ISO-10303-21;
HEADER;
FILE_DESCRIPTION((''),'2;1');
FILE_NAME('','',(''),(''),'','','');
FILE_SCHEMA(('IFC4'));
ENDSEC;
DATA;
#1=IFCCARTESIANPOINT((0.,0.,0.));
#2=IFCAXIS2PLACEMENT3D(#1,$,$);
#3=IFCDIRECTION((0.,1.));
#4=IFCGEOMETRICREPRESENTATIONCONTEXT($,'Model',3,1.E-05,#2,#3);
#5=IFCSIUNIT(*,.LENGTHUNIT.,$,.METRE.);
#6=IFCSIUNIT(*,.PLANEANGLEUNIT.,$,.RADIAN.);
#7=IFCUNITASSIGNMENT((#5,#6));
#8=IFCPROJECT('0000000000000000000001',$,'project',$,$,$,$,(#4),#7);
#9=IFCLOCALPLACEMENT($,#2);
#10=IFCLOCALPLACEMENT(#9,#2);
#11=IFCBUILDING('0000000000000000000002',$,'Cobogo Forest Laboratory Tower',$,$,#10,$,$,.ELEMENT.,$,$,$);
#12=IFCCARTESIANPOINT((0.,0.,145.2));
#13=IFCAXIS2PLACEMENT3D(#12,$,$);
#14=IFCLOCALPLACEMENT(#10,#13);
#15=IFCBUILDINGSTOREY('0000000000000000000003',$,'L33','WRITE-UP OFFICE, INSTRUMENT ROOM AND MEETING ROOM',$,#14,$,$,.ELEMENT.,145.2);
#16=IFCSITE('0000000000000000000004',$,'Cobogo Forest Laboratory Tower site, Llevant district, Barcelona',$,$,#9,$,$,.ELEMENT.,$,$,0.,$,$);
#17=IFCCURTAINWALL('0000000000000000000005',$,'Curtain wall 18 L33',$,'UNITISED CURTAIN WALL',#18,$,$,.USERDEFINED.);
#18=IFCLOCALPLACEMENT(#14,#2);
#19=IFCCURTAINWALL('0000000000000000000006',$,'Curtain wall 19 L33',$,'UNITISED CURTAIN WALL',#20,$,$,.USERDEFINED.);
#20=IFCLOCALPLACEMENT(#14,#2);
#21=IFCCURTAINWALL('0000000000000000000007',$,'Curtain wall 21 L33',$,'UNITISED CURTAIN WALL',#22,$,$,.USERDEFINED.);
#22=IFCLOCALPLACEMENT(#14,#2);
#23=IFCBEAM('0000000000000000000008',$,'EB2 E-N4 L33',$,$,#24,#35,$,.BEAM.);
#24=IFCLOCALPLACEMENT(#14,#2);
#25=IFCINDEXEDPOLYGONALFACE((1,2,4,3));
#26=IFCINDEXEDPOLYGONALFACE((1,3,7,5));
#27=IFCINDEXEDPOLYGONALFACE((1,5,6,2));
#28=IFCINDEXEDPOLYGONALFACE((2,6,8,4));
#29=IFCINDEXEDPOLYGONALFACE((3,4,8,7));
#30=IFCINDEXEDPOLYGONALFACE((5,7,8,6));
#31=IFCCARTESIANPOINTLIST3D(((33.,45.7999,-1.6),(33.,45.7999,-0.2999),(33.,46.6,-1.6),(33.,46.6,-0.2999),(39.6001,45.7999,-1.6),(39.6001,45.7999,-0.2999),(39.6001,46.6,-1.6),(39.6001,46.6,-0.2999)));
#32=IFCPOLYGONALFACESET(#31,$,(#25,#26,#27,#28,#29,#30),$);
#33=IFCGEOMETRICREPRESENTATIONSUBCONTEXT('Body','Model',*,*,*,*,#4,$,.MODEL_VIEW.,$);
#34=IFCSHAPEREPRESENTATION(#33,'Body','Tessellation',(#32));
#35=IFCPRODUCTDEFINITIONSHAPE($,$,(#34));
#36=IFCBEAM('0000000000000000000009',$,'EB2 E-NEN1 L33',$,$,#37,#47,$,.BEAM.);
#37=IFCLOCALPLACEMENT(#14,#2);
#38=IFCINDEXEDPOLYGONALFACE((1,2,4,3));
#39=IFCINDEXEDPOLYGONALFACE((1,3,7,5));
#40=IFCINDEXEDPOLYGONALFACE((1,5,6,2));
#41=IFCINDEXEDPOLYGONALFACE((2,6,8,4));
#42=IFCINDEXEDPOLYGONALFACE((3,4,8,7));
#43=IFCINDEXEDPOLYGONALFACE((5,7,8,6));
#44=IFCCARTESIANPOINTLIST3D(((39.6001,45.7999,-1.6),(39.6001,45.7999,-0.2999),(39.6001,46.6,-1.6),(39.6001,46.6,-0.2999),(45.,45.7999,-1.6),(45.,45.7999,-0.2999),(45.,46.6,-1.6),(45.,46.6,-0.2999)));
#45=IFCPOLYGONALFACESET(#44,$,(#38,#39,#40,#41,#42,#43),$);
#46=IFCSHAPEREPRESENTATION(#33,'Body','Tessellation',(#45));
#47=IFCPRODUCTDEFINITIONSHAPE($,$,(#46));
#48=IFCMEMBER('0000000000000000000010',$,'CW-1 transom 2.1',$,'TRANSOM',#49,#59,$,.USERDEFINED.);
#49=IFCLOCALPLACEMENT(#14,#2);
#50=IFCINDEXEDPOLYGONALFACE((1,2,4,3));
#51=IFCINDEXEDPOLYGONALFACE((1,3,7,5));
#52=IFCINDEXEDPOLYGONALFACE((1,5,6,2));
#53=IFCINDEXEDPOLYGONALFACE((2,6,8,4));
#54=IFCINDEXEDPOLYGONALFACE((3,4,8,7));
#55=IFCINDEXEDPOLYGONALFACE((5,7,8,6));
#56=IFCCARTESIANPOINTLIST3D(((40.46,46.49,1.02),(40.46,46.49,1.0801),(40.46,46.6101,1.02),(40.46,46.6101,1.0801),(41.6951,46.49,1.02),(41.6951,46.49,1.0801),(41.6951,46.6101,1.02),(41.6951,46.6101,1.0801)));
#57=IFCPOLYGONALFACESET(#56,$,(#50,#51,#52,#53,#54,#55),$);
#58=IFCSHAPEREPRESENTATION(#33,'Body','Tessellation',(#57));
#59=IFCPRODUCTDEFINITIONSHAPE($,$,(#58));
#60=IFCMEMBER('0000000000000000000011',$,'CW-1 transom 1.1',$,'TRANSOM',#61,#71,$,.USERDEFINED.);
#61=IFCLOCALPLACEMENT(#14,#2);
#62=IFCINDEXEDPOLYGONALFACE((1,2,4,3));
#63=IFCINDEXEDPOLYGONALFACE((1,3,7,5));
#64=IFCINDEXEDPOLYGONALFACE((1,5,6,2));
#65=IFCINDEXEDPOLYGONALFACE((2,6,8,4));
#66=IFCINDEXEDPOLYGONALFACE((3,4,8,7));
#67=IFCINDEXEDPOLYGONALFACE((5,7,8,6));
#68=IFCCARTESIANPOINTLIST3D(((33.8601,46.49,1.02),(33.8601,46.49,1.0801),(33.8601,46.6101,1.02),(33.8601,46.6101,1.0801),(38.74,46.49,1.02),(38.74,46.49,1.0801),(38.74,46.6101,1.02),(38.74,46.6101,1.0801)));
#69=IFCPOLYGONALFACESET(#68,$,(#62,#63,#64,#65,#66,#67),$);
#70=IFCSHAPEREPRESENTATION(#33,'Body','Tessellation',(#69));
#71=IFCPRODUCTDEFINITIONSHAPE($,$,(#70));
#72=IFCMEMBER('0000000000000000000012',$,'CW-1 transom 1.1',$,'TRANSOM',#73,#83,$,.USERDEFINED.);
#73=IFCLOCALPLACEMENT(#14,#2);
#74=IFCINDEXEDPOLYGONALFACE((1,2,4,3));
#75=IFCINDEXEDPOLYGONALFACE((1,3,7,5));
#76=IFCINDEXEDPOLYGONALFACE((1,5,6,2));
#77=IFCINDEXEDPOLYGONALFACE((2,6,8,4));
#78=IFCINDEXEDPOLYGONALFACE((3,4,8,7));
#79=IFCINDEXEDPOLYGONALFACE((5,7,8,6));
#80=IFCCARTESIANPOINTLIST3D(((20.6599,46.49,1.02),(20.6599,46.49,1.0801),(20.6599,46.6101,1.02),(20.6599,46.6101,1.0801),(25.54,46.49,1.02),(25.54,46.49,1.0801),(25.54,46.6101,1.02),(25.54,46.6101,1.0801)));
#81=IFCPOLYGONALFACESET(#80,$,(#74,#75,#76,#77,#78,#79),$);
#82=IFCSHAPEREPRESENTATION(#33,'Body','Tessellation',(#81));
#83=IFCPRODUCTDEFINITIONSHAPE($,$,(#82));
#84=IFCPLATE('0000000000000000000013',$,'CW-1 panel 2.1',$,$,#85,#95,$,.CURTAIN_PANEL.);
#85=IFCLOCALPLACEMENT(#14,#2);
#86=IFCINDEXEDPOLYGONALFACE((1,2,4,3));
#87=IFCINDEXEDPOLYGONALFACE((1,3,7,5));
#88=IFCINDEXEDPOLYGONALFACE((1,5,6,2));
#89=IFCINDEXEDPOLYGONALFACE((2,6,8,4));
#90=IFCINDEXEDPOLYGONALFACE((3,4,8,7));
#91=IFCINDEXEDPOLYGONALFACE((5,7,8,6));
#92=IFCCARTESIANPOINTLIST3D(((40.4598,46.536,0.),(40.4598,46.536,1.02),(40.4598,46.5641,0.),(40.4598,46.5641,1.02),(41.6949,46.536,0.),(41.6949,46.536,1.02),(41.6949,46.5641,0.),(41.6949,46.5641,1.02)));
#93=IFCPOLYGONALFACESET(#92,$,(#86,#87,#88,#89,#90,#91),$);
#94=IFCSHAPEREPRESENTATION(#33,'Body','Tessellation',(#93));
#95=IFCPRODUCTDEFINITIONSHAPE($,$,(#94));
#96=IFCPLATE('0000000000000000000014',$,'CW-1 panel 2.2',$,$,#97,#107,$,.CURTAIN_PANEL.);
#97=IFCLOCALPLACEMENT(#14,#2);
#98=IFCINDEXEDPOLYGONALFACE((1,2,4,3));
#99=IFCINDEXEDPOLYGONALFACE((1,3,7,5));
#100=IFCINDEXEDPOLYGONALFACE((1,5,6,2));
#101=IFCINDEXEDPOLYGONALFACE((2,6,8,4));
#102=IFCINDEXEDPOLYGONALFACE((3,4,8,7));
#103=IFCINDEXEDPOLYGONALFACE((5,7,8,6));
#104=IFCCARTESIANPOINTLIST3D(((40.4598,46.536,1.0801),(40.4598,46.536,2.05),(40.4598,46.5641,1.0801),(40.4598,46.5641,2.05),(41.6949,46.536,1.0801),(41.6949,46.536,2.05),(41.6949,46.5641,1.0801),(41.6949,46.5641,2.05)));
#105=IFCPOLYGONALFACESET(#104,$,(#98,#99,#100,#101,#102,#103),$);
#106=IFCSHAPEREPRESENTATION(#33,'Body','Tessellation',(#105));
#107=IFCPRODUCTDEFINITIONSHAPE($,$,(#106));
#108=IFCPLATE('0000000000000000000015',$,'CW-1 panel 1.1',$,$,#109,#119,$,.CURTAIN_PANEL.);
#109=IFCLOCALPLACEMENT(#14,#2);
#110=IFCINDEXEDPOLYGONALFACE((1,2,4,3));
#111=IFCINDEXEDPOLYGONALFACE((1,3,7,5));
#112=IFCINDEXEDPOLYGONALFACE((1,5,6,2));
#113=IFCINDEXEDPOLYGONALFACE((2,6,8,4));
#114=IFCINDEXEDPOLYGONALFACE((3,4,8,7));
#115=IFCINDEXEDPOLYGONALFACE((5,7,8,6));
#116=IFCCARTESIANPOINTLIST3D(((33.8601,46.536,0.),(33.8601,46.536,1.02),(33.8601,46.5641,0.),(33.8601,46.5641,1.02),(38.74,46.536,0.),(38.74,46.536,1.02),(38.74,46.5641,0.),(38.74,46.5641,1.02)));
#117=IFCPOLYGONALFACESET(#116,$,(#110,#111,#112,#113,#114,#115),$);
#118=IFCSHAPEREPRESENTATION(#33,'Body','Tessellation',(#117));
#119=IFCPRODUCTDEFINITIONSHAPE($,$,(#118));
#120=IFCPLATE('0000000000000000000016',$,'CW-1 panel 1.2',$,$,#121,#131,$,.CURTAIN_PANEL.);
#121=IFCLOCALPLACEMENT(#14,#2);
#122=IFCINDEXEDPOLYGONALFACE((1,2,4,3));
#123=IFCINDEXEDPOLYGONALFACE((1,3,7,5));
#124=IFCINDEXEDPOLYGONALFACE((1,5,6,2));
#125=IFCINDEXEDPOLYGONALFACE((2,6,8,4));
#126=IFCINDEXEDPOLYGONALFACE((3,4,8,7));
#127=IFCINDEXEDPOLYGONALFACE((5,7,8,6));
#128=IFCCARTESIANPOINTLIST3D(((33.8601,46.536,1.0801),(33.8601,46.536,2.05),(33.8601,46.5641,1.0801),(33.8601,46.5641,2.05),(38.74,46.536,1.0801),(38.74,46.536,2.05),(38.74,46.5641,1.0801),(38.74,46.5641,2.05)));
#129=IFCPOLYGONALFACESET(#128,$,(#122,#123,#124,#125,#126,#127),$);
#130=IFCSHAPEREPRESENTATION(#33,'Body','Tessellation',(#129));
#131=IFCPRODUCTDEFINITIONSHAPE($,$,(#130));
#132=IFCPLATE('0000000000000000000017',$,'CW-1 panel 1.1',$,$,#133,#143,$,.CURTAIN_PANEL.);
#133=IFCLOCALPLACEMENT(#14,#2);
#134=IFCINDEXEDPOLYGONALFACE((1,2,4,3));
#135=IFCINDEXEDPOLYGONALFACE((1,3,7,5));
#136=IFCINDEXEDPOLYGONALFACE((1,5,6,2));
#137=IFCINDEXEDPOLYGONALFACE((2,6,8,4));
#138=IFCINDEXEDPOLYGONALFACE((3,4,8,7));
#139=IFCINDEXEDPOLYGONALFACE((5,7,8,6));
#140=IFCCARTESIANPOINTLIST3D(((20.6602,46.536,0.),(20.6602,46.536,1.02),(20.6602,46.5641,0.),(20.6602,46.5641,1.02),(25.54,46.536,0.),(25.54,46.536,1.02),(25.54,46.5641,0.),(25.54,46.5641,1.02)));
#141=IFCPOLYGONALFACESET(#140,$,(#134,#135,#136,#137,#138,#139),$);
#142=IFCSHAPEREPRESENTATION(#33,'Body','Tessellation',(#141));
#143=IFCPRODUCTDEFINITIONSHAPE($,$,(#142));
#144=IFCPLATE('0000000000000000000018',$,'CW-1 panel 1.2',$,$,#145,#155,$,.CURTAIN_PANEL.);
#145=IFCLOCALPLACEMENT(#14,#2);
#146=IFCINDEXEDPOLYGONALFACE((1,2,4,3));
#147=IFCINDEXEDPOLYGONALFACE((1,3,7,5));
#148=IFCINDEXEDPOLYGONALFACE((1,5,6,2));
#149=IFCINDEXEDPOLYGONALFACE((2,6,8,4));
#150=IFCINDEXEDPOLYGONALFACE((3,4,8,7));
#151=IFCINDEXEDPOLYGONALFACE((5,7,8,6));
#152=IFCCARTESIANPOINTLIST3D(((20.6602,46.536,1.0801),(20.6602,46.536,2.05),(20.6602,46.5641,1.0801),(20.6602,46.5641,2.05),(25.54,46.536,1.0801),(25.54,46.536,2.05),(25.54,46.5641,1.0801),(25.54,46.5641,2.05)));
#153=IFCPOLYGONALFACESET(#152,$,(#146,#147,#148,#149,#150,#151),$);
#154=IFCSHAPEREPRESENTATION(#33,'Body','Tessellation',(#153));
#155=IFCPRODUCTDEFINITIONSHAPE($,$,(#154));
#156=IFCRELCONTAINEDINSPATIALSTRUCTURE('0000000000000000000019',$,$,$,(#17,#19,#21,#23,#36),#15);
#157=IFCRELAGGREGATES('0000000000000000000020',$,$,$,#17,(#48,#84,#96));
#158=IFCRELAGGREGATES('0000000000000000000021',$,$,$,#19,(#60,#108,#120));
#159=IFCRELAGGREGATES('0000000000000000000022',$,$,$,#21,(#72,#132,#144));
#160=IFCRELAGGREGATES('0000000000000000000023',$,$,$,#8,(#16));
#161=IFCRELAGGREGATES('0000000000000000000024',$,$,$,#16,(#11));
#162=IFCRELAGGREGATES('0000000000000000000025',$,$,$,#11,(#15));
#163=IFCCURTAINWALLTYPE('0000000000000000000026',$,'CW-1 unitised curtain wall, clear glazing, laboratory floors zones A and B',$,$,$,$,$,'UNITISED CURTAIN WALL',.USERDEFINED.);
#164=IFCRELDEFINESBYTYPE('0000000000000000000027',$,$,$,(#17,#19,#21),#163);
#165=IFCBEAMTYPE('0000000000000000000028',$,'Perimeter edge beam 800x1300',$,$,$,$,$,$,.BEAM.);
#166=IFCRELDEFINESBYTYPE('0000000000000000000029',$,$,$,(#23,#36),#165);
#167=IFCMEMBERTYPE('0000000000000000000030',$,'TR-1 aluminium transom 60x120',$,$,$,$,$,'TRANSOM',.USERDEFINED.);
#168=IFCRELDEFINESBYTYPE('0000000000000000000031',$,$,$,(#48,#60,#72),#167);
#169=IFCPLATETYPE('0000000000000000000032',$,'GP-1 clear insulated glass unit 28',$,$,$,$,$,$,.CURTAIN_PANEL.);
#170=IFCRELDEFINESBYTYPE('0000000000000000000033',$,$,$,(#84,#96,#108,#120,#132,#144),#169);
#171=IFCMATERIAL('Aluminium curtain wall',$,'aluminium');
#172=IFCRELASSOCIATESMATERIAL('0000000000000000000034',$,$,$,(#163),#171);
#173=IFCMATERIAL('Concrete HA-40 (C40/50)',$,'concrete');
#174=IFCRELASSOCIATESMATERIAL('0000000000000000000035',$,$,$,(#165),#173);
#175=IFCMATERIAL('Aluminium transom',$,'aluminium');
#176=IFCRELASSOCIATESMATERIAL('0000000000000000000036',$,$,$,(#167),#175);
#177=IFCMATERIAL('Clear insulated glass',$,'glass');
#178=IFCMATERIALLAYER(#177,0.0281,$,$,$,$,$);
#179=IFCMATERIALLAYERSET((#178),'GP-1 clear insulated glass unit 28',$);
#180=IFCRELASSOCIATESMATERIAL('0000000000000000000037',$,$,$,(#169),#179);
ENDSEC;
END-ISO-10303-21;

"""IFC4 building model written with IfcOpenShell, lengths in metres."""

from ifc_helpers import new_model, si_unit, direction, frame, origin, origin_2d, place, context, subcontext, project, spatial, rectangle, extrude, material, layer, layer_set, material_profile, profile_set, type_object, element, aggregate, save


model = new_model("IFC4")

# Units and contexts
model_context = context("Model", 3, precision=1e-05, world=origin(), true_north=direction((0.0, 1.0)))
body_context = subcontext(model_context, "Body", "Model", "MODEL_VIEW")
ifc_project = project(units=[si_unit("LENGTHUNIT", "METRE"), si_unit("PLANEANGLEUNIT", "RADIAN")], contexts=[model_context])

# Site, building, storey
site_placement = place(None, origin())
site = spatial("IfcSite", under=ifc_project, at=site_placement, Name="Cobogo Forest Laboratory Tower site, Llevant district, Barcelona", CompositionType="ELEMENT", RefElevation=0.0)
building_placement = place(site_placement, origin())
building = spatial("IfcBuilding", under=site, at=building_placement, Name="Cobogo Forest Laboratory Tower", CompositionType="ELEMENT")
storey_placement = place(building_placement, frame((0.0, 0.0, 145.2)))
storey = spatial("IfcBuildingStorey", under=building, at=storey_placement, Name="L33", Description="WRITE-UP OFFICE, INSTRUMENT ROOM AND MEETING ROOM", CompositionType="ELEMENT", Elevation=145.2)

# Shared definitions
ifc_material_1 = material(Name="Concrete HA-40 (C40/50)", Category="concrete")

# Curtain walls
ifc_material_2 = material(Name="Aluminium curtain wall", Category="aluminium")
curtain_wall_type = type_object("IfcCurtainWallType", Name="CW-1 unitised curtain wall, clear glazing, laboratory floors zones A and B", ElementType="UNITISED CURTAIN WALL", PredefinedType="USERDEFINED", material=ifc_material_2)
curtain_wall_1_placement = place(storey_placement, origin())
curtain_wall_1 = element("IfcCurtainWall", 1, at=curtain_wall_1_placement, inside=storey, type_object=curtain_wall_type, Name="Curtain wall 18 L33", ObjectType="UNITISED CURTAIN WALL", PredefinedType="USERDEFINED")
curtain_wall_2_placement = place(storey_placement, origin())
curtain_wall_2 = element("IfcCurtainWall", 2, at=curtain_wall_2_placement, inside=storey, type_object=curtain_wall_type, Name="Curtain wall 19 L33", ObjectType="UNITISED CURTAIN WALL", PredefinedType="USERDEFINED")
curtain_wall_3_placement = place(storey_placement, origin())
curtain_wall_3 = element("IfcCurtainWall", 3, at=curtain_wall_3_placement, inside=storey, type_object=curtain_wall_type, Name="Curtain wall 21 L33", ObjectType="UNITISED CURTAIN WALL", PredefinedType="USERDEFINED")

# Beams
ifc_material_profile_1 = material_profile(ifc_material_1, rectangle(XDim=0.8, YDim=1.3, at=origin_2d()), Name="RC 800x1300")
ifc_profile_set_1 = profile_set([ifc_material_profile_1], Name="Concrete HA-40 (C40/50)")
beam_type_1 = type_object("IfcBeamType", Name="Perimeter edge beam 800x1300", PredefinedType="BEAM", material=ifc_profile_set_1)
beam_1_placement = place(storey_placement, frame((33.0, 46.2, -0.95), z_axis=(1.0, 0.0, 0.0), x_axis=(0.0, 1.0, 0.0)))
element("IfcBeam", 4, at=beam_1_placement, inside=storey, type_object=beam_type_1, Name="EB2 E-N4 L33", PredefinedType="BEAM", context=body_context, shape_type="SweptSolid", body=[
    extrude(rectangle(XDim=0.8, YDim=1.3, at=origin_2d()), origin(), (0.0, 0.0, 1.0), 6.6001),
])
beam_2_placement = place(storey_placement, frame((39.6001, 46.2, -0.95), z_axis=(1.0, 0.0, 0.0), x_axis=(0.0, 1.0, 0.0)))
element("IfcBeam", 5, at=beam_2_placement, inside=storey, type_object=beam_type_1, Name="EB2 E-NEN1 L33", PredefinedType="BEAM", context=body_context, shape_type="SweptSolid", body=[
    extrude(rectangle(XDim=0.8, YDim=1.3, at=origin_2d()), origin(), (0.0, 0.0, 1.0), 5.3999),
])

# Members
ifc_material_3 = material(Name="Aluminium transom", Category="aluminium")
ifc_material_profile_2 = material_profile(ifc_material_3, rectangle(XDim=0.1201, YDim=0.0601, at=origin_2d()), Name="AL 60x120")
ifc_profile_set_2 = profile_set([ifc_material_profile_2], Name="Aluminium transom")
member_type_1 = type_object("IfcMemberType", Name="TR-1 aluminium transom 60x120", ElementType="TRANSOM", PredefinedType="USERDEFINED", material=ifc_profile_set_2)
member_1_placement = place(storey_placement, frame((41.6951, 46.55, 1.05), z_axis=(-1.0, 0.0, 0.0), x_axis=(0.0, -1.0, 0.0)))
member_1 = element("IfcMember", 6, at=member_1_placement, type_object=member_type_1, Name="CW-1 transom 2.1", ObjectType="TRANSOM", PredefinedType="USERDEFINED", context=body_context, shape_type="SweptSolid", body=[
    extrude(rectangle(XDim=0.1201, YDim=0.0601, at=origin_2d()), origin(), (0.0, 0.0, 1.0), 1.2351),
])
member_2_placement = place(storey_placement, frame((38.74, 46.55, 1.05), z_axis=(-1.0, 0.0, 0.0), x_axis=(0.0, -1.0, 0.0)))
member_2 = element("IfcMember", 7, at=member_2_placement, type_object=member_type_1, Name="CW-1 transom 1.1", ObjectType="TRANSOM", PredefinedType="USERDEFINED", context=body_context, shape_type="SweptSolid", body=[
    extrude(rectangle(XDim=0.1201, YDim=0.0601, at=origin_2d()), origin(), (0.0, 0.0, 1.0), 4.8799),
])
member_3_placement = place(storey_placement, frame((25.54, 46.55, 1.05), z_axis=(-1.0, 0.0, 0.0), x_axis=(0.0, -1.0, 0.0)))
member_3 = element("IfcMember", 8, at=member_3_placement, type_object=member_type_1, Name="CW-1 transom 1.1", ObjectType="TRANSOM", PredefinedType="USERDEFINED", context=body_context, shape_type="SweptSolid", body=[
    extrude(rectangle(XDim=0.1201, YDim=0.0601, at=origin_2d()), origin(), (0.0, 0.0, 1.0), 4.8801),
])

# Plates
ifc_material_4 = material(Name="Clear insulated glass", Category="glass")
ifc_layer_1 = layer(ifc_material_4, 0.0281)
ifc_layer_set_1 = layer_set([ifc_layer_1], Name="GP-1 clear insulated glass unit 28")
plate_type_1 = type_object("IfcPlateType", Name="GP-1 clear insulated glass unit 28", PredefinedType="CURTAIN_PANEL", material=ifc_layer_set_1)
plate_1_placement = place(storey_placement, frame((41.0774, 46.55, 0.0), z_axis=(0.0, 0.0, 1.0), x_axis=(-1.0, 0.0, 0.0)))
plate_1 = element("IfcPlate", 9, at=plate_1_placement, type_object=plate_type_1, Name="CW-1 panel 2.1", PredefinedType="CURTAIN_PANEL", context=body_context, shape_type="SweptSolid", body=[
    extrude(rectangle(XDim=1.2351, YDim=0.0281, at=origin_2d()), origin(), (0.0, 0.0, 1.0), 1.02),
])
plate_2_placement = place(storey_placement, frame((41.0774, 46.55, 1.0801), z_axis=(0.0, 0.0, 1.0), x_axis=(-1.0, 0.0, 0.0)))
plate_2 = element("IfcPlate", 10, at=plate_2_placement, type_object=plate_type_1, Name="CW-1 panel 2.2", PredefinedType="CURTAIN_PANEL", context=body_context, shape_type="SweptSolid", body=[
    extrude(rectangle(XDim=1.2351, YDim=0.0281, at=origin_2d()), origin(), (0.0, 0.0, 1.0), 0.97),
])
aggregate(curtain_wall_1, [member_1, plate_1, plate_2])
plate_3_placement = place(storey_placement, frame((36.3, 46.55, 0.0), z_axis=(0.0, 0.0, 1.0), x_axis=(-1.0, 0.0, 0.0)))
plate_3 = element("IfcPlate", 11, at=plate_3_placement, type_object=plate_type_1, Name="CW-1 panel 1.1", PredefinedType="CURTAIN_PANEL", context=body_context, shape_type="SweptSolid", body=[
    extrude(rectangle(XDim=4.8799, YDim=0.0281, at=origin_2d()), origin(), (0.0, 0.0, 1.0), 1.02),
])
plate_4_placement = place(storey_placement, frame((36.3, 46.55, 1.0801), z_axis=(0.0, 0.0, 1.0), x_axis=(-1.0, 0.0, 0.0)))
plate_4 = element("IfcPlate", 12, at=plate_4_placement, type_object=plate_type_1, Name="CW-1 panel 1.2", PredefinedType="CURTAIN_PANEL", context=body_context, shape_type="SweptSolid", body=[
    extrude(rectangle(XDim=4.8799, YDim=0.0281, at=origin_2d()), origin(), (0.0, 0.0, 1.0), 0.97),
])
aggregate(curtain_wall_2, [member_2, plate_3, plate_4])
plate_5_placement = place(storey_placement, frame((23.1001, 46.55, 0.0), z_axis=(0.0, 0.0, 1.0), x_axis=(-1.0, 0.0, 0.0)))
plate_5 = element("IfcPlate", 13, at=plate_5_placement, type_object=plate_type_1, Name="CW-1 panel 1.1", PredefinedType="CURTAIN_PANEL", context=body_context, shape_type="SweptSolid", body=[
    extrude(rectangle(XDim=4.8799, YDim=0.0281, at=origin_2d()), origin(), (0.0, 0.0, 1.0), 1.02),
])
plate_6_placement = place(storey_placement, frame((23.1001, 46.55, 1.0801), z_axis=(0.0, 0.0, 1.0), x_axis=(-1.0, 0.0, 0.0)))
plate_6 = element("IfcPlate", 14, at=plate_6_placement, type_object=plate_type_1, Name="CW-1 panel 1.2", PredefinedType="CURTAIN_PANEL", context=body_context, shape_type="SweptSolid", body=[
    extrude(rectangle(XDim=4.8799, YDim=0.0281, at=origin_2d()), origin(), (0.0, 0.0, 1.0), 0.97),
])
aggregate(curtain_wall_3, [member_3, plate_5, plate_6])

save(model, "model.ifc")
